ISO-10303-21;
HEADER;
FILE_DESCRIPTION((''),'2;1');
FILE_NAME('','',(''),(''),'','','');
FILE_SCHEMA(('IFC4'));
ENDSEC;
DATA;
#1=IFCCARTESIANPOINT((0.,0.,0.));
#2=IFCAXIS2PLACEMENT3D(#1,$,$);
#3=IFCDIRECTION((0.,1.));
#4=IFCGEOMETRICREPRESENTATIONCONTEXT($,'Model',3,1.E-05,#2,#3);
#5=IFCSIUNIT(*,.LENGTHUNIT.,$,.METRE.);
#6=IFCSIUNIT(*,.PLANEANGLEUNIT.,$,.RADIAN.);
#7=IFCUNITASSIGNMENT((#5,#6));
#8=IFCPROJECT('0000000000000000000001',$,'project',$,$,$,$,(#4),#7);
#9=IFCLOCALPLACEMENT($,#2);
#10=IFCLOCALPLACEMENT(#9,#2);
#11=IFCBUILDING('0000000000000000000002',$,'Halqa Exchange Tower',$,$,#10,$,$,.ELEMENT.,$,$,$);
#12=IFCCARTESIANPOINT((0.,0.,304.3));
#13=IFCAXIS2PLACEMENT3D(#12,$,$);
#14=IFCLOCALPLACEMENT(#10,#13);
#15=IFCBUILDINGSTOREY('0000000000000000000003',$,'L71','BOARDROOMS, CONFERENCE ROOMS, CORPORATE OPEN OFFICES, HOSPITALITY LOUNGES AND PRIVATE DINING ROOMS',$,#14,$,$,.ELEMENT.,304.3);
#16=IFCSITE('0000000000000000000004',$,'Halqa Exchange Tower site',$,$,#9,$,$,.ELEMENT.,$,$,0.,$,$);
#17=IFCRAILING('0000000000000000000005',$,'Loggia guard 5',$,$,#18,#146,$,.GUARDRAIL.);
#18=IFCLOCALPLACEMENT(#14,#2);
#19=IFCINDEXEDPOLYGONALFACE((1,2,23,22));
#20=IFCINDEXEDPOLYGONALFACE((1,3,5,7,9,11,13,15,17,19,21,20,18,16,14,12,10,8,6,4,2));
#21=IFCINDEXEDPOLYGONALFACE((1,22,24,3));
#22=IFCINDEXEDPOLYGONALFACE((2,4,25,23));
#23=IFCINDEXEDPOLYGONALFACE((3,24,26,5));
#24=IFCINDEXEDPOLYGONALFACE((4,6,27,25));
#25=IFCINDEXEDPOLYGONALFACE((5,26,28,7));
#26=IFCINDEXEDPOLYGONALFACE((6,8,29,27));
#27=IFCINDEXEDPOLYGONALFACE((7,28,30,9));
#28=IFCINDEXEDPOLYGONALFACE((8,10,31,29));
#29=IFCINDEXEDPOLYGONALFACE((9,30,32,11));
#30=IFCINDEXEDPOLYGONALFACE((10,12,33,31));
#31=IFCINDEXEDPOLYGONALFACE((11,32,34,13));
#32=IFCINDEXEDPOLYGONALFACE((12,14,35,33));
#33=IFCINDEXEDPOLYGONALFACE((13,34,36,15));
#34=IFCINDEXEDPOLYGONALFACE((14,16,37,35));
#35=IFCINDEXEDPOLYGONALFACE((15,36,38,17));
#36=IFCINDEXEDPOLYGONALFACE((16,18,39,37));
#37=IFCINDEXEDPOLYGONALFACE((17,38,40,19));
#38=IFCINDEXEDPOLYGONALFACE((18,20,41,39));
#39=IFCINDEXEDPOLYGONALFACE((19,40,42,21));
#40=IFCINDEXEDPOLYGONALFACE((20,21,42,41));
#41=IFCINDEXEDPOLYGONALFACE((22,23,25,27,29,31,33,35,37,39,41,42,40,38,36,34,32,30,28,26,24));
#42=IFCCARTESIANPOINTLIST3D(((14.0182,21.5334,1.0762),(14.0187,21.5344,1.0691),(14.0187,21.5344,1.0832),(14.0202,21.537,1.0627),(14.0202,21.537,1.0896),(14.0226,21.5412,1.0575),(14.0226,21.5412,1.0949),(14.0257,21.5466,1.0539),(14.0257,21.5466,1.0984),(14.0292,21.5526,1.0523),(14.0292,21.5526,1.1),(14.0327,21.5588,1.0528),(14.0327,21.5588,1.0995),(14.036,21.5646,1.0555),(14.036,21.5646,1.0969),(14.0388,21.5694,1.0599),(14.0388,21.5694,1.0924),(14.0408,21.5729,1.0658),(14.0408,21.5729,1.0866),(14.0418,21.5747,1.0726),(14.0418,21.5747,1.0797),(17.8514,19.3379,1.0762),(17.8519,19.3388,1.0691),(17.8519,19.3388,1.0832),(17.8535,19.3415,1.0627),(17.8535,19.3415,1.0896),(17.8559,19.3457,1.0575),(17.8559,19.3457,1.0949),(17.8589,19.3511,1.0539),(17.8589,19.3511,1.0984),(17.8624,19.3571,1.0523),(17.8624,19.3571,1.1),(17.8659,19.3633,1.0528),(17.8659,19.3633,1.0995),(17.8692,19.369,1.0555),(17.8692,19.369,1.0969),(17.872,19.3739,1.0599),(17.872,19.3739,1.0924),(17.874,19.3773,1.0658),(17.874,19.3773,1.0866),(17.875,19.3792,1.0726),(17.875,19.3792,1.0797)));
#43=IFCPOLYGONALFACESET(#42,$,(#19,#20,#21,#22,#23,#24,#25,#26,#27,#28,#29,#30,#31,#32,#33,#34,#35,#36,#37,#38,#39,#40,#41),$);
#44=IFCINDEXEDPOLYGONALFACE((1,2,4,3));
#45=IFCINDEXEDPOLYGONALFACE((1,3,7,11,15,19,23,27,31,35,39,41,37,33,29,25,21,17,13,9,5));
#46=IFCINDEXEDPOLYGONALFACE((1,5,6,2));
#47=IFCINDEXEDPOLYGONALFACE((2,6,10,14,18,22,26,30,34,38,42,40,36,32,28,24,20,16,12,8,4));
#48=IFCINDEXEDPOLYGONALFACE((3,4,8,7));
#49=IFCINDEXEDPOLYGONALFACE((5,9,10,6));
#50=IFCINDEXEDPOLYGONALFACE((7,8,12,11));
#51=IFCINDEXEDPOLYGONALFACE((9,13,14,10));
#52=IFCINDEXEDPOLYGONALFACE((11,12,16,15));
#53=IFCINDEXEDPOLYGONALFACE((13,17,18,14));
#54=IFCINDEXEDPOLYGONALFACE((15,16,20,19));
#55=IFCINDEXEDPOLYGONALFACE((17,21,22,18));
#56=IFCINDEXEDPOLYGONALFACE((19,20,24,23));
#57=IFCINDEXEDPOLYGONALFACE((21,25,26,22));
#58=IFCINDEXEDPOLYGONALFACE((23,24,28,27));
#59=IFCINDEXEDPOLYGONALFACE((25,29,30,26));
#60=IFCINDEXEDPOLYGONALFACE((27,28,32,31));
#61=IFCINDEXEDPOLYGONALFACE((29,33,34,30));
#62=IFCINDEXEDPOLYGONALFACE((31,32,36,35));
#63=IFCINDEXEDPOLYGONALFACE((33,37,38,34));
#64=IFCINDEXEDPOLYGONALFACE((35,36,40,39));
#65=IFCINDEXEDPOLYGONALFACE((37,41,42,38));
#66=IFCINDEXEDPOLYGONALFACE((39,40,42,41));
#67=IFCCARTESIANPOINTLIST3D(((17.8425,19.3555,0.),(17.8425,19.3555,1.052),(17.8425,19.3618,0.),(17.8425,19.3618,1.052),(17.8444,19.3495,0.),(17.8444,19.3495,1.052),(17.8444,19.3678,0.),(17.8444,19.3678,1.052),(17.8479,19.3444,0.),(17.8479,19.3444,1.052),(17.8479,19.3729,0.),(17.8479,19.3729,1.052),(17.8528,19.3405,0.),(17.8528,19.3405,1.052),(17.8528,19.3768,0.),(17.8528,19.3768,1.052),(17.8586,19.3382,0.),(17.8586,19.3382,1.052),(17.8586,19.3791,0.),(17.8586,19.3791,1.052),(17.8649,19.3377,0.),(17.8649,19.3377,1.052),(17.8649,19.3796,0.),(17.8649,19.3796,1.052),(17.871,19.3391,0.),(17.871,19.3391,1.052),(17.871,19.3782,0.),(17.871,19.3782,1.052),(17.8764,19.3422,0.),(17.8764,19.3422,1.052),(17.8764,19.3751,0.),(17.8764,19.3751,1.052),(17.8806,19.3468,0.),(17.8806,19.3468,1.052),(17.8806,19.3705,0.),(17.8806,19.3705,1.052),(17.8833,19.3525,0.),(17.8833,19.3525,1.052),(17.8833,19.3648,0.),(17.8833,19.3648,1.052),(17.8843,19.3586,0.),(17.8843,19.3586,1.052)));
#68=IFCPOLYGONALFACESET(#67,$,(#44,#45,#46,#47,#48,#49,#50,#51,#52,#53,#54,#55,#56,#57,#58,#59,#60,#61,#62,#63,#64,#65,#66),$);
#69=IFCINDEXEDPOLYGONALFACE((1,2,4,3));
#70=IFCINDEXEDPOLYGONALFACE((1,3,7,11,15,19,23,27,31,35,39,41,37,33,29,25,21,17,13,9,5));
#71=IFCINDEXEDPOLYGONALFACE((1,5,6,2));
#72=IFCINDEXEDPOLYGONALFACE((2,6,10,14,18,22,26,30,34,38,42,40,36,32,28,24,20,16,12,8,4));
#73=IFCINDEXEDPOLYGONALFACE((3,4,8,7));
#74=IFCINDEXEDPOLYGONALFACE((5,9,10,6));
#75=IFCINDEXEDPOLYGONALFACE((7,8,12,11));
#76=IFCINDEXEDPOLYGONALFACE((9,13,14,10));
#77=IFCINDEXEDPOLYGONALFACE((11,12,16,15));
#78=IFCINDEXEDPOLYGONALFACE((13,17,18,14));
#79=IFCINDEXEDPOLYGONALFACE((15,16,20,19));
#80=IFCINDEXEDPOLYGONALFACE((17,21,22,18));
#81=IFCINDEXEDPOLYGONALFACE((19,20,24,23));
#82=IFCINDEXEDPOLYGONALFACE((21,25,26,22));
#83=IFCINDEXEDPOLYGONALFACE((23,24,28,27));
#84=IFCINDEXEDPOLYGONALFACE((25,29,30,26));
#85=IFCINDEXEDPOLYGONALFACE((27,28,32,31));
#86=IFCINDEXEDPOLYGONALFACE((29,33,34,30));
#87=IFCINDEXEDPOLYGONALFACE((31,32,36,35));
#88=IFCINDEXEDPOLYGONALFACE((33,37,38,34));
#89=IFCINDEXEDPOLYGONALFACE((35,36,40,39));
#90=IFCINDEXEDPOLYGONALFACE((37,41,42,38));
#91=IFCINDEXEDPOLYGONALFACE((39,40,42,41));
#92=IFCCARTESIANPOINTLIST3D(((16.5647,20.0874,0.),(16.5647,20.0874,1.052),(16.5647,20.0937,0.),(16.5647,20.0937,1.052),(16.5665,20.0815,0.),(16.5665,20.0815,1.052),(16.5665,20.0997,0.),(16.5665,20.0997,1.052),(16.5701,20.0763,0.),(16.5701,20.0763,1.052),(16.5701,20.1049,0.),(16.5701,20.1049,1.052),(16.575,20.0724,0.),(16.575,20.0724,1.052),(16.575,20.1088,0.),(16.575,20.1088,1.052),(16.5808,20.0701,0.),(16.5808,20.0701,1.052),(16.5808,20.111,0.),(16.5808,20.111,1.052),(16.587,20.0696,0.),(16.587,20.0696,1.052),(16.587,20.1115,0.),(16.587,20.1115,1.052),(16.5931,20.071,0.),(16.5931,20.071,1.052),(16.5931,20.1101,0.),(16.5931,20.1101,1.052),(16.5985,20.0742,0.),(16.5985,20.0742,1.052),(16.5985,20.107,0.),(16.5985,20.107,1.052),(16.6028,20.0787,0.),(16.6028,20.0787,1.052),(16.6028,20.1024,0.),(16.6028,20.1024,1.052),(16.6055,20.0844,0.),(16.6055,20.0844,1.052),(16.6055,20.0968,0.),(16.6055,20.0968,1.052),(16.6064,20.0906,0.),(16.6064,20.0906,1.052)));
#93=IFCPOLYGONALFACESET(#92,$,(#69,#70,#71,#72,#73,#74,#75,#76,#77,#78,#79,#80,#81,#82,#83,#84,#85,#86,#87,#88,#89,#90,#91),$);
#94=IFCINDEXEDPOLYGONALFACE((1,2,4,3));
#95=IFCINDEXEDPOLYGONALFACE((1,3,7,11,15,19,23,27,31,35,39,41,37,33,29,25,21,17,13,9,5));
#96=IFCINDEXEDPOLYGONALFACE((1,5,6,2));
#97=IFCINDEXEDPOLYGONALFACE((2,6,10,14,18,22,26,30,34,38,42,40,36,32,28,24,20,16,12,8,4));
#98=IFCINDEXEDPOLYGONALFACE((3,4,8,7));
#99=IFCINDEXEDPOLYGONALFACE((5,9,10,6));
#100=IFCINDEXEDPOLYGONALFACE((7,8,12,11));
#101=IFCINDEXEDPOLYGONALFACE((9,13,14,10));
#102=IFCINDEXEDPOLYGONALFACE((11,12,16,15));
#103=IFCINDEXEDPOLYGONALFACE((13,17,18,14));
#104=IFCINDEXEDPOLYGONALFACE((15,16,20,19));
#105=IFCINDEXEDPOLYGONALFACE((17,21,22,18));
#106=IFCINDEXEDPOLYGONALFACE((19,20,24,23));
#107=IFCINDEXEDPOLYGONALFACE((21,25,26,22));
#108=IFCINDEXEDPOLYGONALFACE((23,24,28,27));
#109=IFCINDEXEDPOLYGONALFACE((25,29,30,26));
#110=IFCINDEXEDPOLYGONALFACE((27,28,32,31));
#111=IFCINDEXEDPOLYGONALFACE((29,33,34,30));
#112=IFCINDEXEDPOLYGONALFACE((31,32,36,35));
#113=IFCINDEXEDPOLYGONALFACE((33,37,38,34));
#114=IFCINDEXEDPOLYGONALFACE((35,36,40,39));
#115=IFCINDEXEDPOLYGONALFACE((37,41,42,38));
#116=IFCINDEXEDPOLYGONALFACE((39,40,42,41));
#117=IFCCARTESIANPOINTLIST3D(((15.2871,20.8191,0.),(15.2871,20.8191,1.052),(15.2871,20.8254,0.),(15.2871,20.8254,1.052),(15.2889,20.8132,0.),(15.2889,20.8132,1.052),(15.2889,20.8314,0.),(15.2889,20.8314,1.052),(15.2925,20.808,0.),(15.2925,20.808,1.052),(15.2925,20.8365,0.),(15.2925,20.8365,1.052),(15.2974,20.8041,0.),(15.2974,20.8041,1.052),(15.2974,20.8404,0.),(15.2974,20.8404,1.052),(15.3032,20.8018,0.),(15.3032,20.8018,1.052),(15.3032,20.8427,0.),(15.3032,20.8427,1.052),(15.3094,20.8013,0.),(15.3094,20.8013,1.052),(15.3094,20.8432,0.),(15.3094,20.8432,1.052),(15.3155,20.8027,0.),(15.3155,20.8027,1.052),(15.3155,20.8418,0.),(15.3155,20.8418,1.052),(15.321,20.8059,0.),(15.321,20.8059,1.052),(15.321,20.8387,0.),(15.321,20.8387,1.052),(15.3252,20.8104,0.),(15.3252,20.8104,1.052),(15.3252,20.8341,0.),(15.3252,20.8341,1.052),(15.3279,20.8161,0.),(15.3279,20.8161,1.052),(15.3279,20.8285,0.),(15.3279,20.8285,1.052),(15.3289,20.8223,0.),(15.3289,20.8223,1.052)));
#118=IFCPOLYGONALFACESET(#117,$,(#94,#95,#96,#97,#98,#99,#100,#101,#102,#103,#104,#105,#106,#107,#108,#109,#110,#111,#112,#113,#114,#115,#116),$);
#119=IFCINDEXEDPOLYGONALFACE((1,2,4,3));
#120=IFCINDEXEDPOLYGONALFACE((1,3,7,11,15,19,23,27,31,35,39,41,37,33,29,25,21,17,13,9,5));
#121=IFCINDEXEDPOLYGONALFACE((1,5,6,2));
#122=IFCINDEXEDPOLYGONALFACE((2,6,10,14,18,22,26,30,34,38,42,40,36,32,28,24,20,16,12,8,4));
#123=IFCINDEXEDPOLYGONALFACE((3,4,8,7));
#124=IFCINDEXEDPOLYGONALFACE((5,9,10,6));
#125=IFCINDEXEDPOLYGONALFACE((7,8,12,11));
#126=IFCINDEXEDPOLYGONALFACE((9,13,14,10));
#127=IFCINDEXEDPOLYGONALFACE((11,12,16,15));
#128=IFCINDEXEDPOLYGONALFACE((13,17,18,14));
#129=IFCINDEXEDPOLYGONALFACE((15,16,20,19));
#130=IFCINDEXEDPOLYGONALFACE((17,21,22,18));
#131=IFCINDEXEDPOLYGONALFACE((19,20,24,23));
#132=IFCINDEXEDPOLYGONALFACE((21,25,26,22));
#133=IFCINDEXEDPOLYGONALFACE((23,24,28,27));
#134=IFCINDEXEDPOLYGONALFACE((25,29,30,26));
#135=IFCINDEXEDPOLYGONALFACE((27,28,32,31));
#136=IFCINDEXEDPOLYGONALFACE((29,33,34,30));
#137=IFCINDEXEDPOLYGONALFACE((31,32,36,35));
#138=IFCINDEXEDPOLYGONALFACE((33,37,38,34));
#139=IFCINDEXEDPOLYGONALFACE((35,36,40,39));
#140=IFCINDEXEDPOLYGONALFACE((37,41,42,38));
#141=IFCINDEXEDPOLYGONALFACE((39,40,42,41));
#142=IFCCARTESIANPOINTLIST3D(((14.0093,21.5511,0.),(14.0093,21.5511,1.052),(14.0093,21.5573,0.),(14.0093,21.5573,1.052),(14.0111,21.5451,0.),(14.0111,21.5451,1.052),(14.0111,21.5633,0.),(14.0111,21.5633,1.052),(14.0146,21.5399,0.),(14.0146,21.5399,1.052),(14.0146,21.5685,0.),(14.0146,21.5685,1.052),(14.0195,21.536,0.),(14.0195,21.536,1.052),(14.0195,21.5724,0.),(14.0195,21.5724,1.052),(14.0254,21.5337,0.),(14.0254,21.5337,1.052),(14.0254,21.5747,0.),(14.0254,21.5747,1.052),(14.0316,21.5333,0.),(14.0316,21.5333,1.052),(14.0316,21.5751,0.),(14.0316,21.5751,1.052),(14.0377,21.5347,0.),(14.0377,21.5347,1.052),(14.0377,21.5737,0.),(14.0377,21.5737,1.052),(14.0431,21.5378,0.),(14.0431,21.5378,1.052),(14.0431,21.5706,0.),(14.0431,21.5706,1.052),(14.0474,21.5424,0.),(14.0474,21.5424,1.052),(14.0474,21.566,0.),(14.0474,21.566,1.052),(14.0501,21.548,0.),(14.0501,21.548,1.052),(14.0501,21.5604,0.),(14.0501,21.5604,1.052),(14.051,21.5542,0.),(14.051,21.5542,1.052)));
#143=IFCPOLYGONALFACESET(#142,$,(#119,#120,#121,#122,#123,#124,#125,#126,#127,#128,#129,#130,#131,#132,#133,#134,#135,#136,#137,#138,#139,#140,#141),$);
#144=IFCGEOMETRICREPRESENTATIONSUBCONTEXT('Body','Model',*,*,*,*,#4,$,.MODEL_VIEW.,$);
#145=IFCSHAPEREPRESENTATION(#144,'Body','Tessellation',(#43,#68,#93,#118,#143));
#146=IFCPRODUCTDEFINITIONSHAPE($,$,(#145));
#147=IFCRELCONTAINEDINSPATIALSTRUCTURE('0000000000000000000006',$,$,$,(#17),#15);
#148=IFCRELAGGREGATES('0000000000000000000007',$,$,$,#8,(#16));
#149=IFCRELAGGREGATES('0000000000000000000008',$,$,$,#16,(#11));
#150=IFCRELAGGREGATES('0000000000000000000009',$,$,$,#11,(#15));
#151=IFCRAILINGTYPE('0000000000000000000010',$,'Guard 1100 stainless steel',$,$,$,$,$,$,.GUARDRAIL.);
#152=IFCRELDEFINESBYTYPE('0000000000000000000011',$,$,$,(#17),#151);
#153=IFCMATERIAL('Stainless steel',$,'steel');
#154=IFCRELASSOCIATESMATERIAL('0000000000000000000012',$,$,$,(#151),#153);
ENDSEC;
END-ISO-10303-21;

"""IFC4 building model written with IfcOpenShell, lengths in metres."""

from ifc_helpers import new_model, si_unit, direction, frame, origin, origin_2d, place, context, subcontext, project, spatial, circle, extrude, material, type_object, element, save


model = new_model("IFC4")

# Units and contexts
model_context = context("Model", 3, precision=1e-05, world=origin(), true_north=direction((0.0, 1.0)))
body_context = subcontext(model_context, "Body", "Model", "MODEL_VIEW")
ifc_project = project(units=[si_unit("LENGTHUNIT", "METRE"), si_unit("PLANEANGLEUNIT", "RADIAN")], contexts=[model_context])

# Site, building, storey
site_placement = place(None, origin())
site = spatial("IfcSite", under=ifc_project, at=site_placement, Name="Halqa Exchange Tower site", CompositionType="ELEMENT", RefElevation=0.0)
building_placement = place(site_placement, origin())
building = spatial("IfcBuilding", under=site, at=building_placement, Name="Halqa Exchange Tower", CompositionType="ELEMENT")
storey_placement = place(building_placement, frame((0.0, 0.0, 304.3)))
storey = spatial("IfcBuildingStorey", under=building, at=storey_placement, Name="L71", Description="BOARDROOMS, CONFERENCE ROOMS, CORPORATE OPEN OFFICES, HOSPITALITY LOUNGES AND PRIVATE DINING ROOMS", CompositionType="ELEMENT", Elevation=304.3)

# Railing
ifc_material_1 = material(Name="Stainless steel", Category="steel")
railing_type = type_object("IfcRailingType", Name="Guard 1100 stainless steel", PredefinedType="GUARDRAIL", material=ifc_material_1)
railing_1_placement = place(storey_placement, frame((17.8633, 19.3586, 0.0)))
element("IfcRailing", 1, at=railing_1_placement, inside=storey, type_object=railing_type, Name="Loggia guard 5", PredefinedType="GUARDRAIL", context=body_context, shape_type="SweptSolid", body=[
    extrude(circle(Radius=0.0239, at=origin_2d()), frame((0.0, 0.0, 1.0762), z_axis=(-0.867743, 0.497014, 0.0), x_axis=(-0.497014, -0.867743, 0.0)), (0.0, 0.0, 1.0), 4.4175),
    extrude(circle(Radius=0.021, at=origin_2d()), origin(), (0.0, 0.0, 1.0), 1.052),
    extrude(circle(Radius=0.021, at=origin_2d()), frame((-1.2778, 0.7319, 0.0)), (0.0, 0.0, 1.0), 1.052),
    extrude(circle(Radius=0.021, at=origin_2d()), frame((-2.5554, 1.4636, 0.0)), (0.0, 0.0, 1.0), 1.052),
    extrude(circle(Radius=0.021, at=origin_2d()), frame((-3.8333, 2.1956, 0.0)), (0.0, 0.0, 1.0), 1.052),
])

save(model, "model.ifc")
